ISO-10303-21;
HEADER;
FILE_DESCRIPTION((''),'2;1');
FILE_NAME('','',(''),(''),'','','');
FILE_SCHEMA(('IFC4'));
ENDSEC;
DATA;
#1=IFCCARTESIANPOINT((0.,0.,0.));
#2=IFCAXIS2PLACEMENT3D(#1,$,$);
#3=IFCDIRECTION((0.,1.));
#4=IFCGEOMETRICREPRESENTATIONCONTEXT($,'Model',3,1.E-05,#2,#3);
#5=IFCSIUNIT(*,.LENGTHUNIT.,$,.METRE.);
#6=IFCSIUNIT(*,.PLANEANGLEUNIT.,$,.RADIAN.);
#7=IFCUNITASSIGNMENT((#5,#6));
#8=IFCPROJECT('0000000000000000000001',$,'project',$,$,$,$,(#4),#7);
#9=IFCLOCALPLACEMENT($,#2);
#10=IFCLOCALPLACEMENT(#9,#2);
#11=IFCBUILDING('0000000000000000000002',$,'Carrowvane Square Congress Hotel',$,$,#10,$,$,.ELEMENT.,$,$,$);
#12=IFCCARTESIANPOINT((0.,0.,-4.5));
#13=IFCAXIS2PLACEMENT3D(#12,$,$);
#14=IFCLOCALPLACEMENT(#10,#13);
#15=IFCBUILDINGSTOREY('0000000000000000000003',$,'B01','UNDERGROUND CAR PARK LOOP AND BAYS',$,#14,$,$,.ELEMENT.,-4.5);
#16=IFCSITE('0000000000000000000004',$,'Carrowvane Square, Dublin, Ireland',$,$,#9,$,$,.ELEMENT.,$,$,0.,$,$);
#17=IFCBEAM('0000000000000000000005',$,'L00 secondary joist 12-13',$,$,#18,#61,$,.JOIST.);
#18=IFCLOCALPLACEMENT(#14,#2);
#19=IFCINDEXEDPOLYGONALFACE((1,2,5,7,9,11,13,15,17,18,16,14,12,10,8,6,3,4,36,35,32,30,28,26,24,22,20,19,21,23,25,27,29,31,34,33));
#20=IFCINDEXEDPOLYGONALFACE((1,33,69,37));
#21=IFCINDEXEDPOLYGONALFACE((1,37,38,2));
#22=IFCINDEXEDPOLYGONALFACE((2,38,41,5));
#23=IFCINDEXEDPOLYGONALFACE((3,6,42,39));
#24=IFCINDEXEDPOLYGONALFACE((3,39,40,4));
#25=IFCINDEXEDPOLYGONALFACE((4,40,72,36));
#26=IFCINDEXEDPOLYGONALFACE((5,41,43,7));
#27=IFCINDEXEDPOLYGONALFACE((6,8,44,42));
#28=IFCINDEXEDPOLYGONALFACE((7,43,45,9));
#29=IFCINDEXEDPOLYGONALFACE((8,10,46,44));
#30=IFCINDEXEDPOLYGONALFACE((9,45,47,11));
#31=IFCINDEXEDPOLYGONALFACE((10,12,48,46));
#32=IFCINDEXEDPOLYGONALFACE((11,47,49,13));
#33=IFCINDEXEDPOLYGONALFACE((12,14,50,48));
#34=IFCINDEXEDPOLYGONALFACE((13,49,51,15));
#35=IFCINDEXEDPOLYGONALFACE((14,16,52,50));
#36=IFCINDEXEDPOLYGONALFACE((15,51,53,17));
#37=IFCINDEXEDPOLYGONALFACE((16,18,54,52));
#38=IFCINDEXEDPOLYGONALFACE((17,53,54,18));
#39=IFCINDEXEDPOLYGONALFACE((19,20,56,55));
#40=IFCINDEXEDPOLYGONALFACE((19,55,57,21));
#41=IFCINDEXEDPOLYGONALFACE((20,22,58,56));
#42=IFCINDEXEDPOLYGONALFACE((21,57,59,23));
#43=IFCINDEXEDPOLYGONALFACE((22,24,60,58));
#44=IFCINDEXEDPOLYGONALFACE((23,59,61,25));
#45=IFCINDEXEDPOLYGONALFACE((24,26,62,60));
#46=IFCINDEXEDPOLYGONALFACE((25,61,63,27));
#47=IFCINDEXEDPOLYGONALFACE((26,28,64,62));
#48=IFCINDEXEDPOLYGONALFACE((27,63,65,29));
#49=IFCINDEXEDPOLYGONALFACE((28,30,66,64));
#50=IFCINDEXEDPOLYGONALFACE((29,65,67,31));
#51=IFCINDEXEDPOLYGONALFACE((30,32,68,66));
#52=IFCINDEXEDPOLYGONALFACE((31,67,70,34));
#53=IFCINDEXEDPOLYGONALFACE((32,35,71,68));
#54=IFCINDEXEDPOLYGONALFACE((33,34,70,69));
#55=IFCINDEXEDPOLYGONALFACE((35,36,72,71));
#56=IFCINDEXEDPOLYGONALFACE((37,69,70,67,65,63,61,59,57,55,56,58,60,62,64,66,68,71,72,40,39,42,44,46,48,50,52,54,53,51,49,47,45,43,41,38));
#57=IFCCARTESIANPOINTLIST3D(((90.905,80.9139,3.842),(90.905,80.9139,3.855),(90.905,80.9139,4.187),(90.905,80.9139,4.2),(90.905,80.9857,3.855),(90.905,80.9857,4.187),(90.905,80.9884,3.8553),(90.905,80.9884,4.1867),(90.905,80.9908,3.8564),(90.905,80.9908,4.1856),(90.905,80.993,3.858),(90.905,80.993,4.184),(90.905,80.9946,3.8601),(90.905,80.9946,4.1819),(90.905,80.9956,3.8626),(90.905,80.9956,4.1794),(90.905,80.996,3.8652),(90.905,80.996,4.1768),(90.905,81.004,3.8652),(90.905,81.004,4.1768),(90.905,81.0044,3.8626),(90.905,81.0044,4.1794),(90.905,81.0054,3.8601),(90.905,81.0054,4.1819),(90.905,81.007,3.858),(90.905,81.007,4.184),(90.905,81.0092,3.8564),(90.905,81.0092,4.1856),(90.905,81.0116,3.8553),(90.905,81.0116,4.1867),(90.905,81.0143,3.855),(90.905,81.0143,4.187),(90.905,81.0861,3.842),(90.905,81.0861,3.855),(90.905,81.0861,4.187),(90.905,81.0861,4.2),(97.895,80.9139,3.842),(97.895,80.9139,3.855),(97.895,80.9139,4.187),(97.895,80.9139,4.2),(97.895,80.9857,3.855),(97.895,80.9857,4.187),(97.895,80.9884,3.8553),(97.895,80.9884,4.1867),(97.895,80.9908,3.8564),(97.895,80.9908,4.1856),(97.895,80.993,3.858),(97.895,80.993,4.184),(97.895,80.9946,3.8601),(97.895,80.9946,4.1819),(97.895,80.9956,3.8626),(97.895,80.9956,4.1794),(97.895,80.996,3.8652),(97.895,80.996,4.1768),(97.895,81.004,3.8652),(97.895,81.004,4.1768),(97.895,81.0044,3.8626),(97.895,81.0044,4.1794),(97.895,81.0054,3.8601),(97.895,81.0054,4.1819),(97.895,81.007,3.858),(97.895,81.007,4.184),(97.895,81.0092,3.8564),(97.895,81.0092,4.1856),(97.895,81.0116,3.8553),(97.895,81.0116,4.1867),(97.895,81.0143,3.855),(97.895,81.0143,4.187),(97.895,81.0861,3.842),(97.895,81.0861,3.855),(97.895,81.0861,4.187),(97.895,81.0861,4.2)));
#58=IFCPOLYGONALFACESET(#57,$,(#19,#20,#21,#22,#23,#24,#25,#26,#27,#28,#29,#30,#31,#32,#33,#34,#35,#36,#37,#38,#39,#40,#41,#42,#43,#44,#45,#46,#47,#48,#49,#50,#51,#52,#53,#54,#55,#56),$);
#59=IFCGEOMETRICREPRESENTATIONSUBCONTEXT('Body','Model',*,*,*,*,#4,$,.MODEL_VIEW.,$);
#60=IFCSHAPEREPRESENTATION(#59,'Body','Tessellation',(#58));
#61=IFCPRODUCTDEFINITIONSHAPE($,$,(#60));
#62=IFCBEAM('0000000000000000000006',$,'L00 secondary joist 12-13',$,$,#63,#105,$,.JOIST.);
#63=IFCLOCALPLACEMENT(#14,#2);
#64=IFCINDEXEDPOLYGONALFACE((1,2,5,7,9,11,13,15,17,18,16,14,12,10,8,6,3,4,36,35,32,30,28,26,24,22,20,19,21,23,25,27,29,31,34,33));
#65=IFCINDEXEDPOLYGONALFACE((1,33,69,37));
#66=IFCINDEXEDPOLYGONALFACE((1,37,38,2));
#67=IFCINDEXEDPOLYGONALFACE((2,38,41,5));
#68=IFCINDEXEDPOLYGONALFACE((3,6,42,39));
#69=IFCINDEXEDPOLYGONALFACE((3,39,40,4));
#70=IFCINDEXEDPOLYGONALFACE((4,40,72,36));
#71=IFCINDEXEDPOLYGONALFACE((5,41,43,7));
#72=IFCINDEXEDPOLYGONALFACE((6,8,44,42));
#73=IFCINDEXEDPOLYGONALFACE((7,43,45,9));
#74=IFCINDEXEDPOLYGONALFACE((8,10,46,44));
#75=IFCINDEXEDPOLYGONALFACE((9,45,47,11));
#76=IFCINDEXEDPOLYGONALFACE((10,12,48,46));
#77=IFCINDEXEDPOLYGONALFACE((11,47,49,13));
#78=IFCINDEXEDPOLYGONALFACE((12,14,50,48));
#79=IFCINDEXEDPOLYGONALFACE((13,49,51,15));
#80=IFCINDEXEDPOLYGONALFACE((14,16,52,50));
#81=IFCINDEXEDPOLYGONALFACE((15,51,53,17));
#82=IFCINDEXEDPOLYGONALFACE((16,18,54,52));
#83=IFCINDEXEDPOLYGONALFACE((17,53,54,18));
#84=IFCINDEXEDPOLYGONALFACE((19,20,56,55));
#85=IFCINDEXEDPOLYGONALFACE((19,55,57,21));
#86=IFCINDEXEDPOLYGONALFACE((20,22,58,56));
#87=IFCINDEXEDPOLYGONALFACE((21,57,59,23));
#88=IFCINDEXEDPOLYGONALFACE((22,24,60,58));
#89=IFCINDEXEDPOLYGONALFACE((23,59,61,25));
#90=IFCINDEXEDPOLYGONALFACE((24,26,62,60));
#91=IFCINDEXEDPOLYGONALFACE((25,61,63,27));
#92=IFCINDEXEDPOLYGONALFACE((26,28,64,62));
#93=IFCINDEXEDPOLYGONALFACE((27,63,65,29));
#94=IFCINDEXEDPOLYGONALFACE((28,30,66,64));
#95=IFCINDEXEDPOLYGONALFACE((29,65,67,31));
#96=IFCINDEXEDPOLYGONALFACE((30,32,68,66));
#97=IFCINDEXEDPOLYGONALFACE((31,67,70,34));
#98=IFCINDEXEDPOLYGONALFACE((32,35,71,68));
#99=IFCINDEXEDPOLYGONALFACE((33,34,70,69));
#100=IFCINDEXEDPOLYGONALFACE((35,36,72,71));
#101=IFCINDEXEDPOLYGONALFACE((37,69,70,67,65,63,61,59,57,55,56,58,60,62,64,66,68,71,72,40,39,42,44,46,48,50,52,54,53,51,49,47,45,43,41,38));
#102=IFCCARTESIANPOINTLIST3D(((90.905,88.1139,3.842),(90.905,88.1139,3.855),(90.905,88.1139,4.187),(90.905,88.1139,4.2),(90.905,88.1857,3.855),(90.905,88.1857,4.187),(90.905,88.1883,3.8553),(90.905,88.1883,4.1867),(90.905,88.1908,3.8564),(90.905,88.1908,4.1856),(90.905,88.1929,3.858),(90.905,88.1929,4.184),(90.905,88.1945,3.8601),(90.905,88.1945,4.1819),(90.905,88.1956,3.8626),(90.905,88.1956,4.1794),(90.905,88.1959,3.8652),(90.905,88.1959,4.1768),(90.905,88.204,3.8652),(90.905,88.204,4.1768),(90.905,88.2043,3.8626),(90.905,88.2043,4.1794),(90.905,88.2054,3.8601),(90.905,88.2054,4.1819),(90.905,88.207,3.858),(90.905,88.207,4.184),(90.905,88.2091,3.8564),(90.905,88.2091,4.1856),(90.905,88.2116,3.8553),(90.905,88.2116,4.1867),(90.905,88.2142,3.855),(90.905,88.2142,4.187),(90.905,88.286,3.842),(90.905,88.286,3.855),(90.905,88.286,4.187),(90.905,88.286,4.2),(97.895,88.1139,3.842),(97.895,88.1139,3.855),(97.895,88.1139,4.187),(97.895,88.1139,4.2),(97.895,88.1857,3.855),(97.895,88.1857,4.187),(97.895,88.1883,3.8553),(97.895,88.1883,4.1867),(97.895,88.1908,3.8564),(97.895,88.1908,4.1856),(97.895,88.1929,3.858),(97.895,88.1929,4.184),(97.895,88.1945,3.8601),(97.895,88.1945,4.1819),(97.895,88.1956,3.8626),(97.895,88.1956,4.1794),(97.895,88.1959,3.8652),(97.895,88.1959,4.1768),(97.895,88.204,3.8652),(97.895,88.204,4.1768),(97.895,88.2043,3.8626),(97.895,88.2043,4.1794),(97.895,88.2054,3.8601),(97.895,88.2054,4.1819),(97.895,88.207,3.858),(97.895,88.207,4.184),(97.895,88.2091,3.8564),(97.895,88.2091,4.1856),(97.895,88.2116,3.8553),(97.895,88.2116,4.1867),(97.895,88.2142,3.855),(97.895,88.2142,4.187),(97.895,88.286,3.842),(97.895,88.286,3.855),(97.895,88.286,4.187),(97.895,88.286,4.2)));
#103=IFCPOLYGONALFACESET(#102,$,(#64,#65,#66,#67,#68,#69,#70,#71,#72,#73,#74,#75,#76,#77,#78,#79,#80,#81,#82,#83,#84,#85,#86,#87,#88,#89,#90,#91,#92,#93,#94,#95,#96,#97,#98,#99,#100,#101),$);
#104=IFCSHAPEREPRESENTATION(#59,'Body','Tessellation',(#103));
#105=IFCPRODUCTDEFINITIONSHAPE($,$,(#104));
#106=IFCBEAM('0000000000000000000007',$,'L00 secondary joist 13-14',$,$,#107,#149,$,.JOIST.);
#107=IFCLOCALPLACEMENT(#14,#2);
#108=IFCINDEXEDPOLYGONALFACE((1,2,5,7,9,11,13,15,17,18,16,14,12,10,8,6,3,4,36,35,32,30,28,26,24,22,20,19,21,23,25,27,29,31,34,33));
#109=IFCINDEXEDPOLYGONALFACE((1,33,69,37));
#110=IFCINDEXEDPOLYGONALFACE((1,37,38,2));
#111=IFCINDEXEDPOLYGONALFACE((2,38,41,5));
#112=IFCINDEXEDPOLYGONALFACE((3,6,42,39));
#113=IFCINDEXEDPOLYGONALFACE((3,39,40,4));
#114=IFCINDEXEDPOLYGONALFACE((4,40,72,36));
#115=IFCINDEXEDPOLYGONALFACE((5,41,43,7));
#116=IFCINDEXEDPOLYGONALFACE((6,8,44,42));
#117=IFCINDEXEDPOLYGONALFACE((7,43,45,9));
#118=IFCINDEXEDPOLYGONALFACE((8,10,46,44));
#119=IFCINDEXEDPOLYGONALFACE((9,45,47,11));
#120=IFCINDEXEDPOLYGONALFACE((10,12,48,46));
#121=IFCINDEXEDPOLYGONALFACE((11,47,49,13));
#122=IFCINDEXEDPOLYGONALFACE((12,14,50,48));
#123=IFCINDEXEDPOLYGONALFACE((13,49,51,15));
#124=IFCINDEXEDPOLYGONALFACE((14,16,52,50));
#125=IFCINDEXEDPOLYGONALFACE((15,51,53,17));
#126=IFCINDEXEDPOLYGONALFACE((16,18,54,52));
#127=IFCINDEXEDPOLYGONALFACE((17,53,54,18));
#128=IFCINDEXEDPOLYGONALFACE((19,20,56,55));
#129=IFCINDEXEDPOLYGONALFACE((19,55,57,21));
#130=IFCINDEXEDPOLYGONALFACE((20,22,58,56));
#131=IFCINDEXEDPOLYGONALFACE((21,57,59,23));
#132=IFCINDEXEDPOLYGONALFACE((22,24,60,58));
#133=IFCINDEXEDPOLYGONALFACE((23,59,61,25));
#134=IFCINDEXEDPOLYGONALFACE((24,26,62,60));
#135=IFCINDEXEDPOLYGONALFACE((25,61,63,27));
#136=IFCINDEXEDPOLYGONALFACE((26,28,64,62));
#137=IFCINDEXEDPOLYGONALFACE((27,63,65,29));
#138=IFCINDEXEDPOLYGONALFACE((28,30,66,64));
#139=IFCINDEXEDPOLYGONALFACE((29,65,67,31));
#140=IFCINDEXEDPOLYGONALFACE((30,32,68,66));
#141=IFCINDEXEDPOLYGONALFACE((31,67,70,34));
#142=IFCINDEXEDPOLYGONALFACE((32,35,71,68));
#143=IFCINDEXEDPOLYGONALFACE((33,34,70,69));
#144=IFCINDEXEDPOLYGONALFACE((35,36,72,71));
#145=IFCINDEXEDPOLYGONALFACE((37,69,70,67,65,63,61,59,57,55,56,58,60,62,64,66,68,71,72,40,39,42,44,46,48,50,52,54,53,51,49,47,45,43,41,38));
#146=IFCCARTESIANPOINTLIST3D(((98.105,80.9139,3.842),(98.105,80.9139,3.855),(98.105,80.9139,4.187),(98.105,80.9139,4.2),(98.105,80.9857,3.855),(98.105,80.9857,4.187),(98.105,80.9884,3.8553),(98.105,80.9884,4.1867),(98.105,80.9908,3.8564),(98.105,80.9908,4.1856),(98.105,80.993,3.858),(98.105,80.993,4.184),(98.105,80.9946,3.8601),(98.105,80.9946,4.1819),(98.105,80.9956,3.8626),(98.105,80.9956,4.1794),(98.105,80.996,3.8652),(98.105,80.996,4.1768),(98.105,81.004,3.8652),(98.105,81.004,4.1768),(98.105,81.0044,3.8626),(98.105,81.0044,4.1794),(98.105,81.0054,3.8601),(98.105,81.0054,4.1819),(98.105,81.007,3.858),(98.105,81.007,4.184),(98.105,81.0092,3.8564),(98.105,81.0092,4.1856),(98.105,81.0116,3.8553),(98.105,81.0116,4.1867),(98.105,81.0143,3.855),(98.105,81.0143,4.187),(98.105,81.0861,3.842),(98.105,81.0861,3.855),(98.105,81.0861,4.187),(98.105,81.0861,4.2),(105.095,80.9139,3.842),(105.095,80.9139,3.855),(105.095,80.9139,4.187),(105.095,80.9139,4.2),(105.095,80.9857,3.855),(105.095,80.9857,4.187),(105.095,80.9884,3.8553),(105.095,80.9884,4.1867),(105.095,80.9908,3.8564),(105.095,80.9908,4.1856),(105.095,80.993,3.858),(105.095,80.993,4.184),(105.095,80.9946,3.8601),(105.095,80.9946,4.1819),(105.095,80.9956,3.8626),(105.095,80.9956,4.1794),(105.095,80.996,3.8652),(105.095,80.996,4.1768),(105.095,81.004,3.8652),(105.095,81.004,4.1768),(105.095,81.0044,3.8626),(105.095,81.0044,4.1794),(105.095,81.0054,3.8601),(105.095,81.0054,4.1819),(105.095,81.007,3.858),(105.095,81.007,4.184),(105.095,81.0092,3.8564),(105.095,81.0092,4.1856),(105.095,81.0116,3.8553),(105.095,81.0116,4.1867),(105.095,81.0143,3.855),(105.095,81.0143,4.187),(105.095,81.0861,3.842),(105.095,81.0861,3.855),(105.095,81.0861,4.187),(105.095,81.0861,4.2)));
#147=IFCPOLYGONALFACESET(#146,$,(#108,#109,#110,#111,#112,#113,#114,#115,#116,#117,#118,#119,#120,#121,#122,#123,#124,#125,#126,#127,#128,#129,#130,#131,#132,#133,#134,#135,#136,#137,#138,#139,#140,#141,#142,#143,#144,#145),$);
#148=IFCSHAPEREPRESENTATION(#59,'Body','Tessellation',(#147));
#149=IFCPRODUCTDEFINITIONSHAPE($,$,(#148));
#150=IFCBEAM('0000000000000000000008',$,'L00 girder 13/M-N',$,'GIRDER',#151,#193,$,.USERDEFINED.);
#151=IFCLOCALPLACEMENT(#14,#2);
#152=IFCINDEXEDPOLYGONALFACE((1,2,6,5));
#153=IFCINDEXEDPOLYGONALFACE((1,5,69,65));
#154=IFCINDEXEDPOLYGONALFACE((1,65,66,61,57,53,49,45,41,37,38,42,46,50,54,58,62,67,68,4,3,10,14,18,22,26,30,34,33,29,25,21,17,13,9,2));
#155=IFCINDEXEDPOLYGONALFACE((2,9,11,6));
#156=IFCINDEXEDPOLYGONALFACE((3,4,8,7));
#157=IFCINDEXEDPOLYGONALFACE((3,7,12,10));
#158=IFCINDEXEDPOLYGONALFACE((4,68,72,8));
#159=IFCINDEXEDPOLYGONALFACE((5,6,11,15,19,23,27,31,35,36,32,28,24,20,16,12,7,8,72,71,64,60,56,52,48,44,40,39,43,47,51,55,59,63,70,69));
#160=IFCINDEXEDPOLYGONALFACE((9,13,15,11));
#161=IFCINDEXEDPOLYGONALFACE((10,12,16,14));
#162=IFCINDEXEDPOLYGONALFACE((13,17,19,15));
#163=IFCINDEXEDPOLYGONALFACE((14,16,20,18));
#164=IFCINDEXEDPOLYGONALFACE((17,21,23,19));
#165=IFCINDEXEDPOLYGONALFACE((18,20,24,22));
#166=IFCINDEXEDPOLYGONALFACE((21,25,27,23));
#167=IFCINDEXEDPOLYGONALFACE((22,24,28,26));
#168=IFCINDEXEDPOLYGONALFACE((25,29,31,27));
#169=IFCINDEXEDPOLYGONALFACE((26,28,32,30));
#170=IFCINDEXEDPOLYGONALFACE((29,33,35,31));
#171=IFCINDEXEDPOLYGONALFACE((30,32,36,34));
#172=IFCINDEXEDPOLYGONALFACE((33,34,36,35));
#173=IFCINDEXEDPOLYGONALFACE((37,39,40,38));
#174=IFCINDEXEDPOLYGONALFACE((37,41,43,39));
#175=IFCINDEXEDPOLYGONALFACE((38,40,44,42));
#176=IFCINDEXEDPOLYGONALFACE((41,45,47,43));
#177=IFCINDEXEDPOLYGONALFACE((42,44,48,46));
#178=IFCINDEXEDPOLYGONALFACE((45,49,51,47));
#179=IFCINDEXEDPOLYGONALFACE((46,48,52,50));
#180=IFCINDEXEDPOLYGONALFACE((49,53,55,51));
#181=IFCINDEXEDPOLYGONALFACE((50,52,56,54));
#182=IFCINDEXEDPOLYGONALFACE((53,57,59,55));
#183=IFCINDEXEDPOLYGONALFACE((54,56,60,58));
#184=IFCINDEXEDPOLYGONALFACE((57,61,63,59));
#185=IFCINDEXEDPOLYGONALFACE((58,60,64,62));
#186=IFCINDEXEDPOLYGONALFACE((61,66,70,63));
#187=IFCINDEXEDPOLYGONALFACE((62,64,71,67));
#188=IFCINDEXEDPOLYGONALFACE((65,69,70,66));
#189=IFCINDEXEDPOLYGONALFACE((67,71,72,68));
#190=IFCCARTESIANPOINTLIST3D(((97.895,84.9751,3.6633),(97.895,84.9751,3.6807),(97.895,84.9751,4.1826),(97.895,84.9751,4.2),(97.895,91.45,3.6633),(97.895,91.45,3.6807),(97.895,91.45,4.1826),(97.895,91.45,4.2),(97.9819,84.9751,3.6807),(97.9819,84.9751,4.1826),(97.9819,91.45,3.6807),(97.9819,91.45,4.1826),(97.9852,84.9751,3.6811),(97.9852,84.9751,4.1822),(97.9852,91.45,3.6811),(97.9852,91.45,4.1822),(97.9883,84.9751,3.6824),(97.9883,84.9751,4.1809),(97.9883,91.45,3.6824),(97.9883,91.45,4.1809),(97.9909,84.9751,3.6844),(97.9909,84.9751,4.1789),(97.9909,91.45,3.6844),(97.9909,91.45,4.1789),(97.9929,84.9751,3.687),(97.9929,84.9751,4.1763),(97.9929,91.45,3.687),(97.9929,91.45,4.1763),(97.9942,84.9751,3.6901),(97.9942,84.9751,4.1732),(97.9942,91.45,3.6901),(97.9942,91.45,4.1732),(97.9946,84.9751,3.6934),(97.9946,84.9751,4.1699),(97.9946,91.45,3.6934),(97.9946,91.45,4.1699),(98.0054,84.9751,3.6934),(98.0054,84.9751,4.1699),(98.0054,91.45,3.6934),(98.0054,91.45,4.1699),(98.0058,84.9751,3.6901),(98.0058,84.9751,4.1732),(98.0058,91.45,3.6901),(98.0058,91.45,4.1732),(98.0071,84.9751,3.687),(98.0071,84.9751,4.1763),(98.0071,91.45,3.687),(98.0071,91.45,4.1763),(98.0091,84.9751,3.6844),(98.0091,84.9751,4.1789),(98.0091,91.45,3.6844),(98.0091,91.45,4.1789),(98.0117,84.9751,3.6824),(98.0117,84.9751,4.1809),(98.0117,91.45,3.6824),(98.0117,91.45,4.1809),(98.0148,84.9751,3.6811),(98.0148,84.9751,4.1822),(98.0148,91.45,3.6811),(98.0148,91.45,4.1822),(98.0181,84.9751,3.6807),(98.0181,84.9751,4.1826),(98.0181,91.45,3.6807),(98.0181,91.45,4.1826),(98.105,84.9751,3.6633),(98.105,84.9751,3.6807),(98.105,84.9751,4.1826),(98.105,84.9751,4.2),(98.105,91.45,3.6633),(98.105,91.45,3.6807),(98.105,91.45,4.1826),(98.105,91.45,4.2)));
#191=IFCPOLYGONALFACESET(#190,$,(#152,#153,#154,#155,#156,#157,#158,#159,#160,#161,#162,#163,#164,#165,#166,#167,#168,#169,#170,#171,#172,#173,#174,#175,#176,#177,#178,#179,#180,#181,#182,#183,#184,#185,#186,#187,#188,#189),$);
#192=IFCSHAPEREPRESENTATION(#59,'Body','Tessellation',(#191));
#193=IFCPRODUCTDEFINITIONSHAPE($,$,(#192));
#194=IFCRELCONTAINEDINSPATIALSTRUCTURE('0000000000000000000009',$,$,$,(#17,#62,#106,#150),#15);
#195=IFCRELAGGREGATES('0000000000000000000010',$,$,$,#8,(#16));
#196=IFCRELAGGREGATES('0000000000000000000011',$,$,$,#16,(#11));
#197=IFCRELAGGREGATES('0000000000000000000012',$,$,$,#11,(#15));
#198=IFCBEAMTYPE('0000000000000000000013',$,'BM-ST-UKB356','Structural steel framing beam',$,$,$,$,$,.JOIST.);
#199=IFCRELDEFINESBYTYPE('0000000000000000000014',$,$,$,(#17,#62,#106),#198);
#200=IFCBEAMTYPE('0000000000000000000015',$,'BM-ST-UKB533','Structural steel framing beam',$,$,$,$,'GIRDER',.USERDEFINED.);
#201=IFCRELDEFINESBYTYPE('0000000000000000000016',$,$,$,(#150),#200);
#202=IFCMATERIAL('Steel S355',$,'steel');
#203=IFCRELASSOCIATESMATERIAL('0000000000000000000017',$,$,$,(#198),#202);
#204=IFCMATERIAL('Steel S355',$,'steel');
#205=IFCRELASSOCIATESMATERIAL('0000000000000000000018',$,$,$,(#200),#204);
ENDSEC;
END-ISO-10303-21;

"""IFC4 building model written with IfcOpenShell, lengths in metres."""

from ifc_helpers import new_model, si_unit, direction, frame, origin, origin_2d, place, context, subcontext, project, spatial, i_section, extrude, material, material_profile, profile_set, type_object, element, save


model = new_model("IFC4")

# Units and contexts
model_context = context("Model", 3, precision=1e-05, world=origin(), true_north=direction((0.0, 1.0)))
body_context = subcontext(model_context, "Body", "Model", "MODEL_VIEW")
ifc_project = project(units=[si_unit("LENGTHUNIT", "METRE"), si_unit("PLANEANGLEUNIT", "RADIAN")], contexts=[model_context])

# Site, building, storey
site_placement = place(None, origin())
site = spatial("IfcSite", under=ifc_project, at=site_placement, Name="Carrowvane Square, Dublin, Ireland", CompositionType="ELEMENT", RefElevation=0.0)
building_placement = place(site_placement, origin())
building = spatial("IfcBuilding", under=site, at=building_placement, Name="Carrowvane Square Congress Hotel", CompositionType="ELEMENT")
storey_placement = place(building_placement, frame((0.0, 0.0, -4.5)))
storey = spatial("IfcBuildingStorey", under=building, at=storey_placement, Name="B01", Description="UNDERGROUND CAR PARK LOOP AND BAYS", CompositionType="ELEMENT", Elevation=-4.5)

# Beams
ifc_material_1 = material(Name="Steel S355", Category="steel")
ifc_material_profile_1 = material_profile(ifc_material_1, i_section(OverallWidth=0.1721, OverallDepth=0.3579, WebThickness=0.0081, FlangeThickness=0.0129, FilletRadius=0.0103, at=origin_2d()), Name="UKB 356x171x57")
ifc_profile_set_1 = profile_set([ifc_material_profile_1], Name="Steel S355")
beam_type_1 = type_object("IfcBeamType", Name="BM-ST-UKB356", Description="Structural steel framing beam", PredefinedType="JOIST", material=ifc_profile_set_1)
for number, where, z_axis, x_axis, name in (
    (1, (90.905, 81.0, 4.021), (1.0, 0.0, 0.0), (0.0, 1.0, 0.0), "L00 secondary joist 12-13"),
    (2, (90.905, 88.2, 4.021), (1.0, 0.0, 0.0), (0.0, 1.0, 0.0), "L00 secondary joist 12-13"),
    (3, (98.105, 81.0, 4.021), (1.0, 0.0, 0.0), (0.0, 1.0, 0.0), "L00 secondary joist 13-14"),
):
    element("IfcBeam", number, at=place(storey_placement, frame(where, z_axis=z_axis, x_axis=x_axis)), inside=storey, type_object=beam_type_1, Name=name, PredefinedType="JOIST", context=body_context, shape_type="SweptSolid", body=[
        extrude(i_section(OverallWidth=0.1721, OverallDepth=0.3579, WebThickness=0.0081, FlangeThickness=0.0129, FilletRadius=0.0103, at=origin_2d()), origin(), (0.0, 0.0, 1.0), 6.99),
    ])
ifc_material_2 = material(Name="Steel S355", Category="steel")
ifc_material_profile_2 = material_profile(ifc_material_2, i_section(OverallWidth=0.21, OverallDepth=0.5366, WebThickness=0.0107, FlangeThickness=0.0173, FilletRadius=0.0127, at=origin_2d()), Name="UKB 533x210x101")
ifc_profile_set_2 = profile_set([ifc_material_profile_2], Name="Steel S355")
beam_type_2 = type_object("IfcBeamType", Name="BM-ST-UKB533", Description="Structural steel framing beam", ElementType="GIRDER", PredefinedType="USERDEFINED", material=ifc_profile_set_2)
beam_1_placement = place(storey_placement, frame((98.0, 84.9751, 3.9316), z_axis=(0.0, 1.0, 0.0), x_axis=(-1.0, 0.0, 0.0)))
element("IfcBeam", 4, at=beam_1_placement, inside=storey, type_object=beam_type_2, Name="L00 girder 13/M-N", ObjectType="GIRDER", PredefinedType="USERDEFINED", context=body_context, shape_type="SweptSolid", body=[
    extrude(i_section(OverallWidth=0.21, OverallDepth=0.5366, WebThickness=0.0107, FlangeThickness=0.0173, FilletRadius=0.0127, at=origin_2d()), origin(), (0.0, 0.0, 1.0), 6.4749),
])

save(model, "model.ifc")
